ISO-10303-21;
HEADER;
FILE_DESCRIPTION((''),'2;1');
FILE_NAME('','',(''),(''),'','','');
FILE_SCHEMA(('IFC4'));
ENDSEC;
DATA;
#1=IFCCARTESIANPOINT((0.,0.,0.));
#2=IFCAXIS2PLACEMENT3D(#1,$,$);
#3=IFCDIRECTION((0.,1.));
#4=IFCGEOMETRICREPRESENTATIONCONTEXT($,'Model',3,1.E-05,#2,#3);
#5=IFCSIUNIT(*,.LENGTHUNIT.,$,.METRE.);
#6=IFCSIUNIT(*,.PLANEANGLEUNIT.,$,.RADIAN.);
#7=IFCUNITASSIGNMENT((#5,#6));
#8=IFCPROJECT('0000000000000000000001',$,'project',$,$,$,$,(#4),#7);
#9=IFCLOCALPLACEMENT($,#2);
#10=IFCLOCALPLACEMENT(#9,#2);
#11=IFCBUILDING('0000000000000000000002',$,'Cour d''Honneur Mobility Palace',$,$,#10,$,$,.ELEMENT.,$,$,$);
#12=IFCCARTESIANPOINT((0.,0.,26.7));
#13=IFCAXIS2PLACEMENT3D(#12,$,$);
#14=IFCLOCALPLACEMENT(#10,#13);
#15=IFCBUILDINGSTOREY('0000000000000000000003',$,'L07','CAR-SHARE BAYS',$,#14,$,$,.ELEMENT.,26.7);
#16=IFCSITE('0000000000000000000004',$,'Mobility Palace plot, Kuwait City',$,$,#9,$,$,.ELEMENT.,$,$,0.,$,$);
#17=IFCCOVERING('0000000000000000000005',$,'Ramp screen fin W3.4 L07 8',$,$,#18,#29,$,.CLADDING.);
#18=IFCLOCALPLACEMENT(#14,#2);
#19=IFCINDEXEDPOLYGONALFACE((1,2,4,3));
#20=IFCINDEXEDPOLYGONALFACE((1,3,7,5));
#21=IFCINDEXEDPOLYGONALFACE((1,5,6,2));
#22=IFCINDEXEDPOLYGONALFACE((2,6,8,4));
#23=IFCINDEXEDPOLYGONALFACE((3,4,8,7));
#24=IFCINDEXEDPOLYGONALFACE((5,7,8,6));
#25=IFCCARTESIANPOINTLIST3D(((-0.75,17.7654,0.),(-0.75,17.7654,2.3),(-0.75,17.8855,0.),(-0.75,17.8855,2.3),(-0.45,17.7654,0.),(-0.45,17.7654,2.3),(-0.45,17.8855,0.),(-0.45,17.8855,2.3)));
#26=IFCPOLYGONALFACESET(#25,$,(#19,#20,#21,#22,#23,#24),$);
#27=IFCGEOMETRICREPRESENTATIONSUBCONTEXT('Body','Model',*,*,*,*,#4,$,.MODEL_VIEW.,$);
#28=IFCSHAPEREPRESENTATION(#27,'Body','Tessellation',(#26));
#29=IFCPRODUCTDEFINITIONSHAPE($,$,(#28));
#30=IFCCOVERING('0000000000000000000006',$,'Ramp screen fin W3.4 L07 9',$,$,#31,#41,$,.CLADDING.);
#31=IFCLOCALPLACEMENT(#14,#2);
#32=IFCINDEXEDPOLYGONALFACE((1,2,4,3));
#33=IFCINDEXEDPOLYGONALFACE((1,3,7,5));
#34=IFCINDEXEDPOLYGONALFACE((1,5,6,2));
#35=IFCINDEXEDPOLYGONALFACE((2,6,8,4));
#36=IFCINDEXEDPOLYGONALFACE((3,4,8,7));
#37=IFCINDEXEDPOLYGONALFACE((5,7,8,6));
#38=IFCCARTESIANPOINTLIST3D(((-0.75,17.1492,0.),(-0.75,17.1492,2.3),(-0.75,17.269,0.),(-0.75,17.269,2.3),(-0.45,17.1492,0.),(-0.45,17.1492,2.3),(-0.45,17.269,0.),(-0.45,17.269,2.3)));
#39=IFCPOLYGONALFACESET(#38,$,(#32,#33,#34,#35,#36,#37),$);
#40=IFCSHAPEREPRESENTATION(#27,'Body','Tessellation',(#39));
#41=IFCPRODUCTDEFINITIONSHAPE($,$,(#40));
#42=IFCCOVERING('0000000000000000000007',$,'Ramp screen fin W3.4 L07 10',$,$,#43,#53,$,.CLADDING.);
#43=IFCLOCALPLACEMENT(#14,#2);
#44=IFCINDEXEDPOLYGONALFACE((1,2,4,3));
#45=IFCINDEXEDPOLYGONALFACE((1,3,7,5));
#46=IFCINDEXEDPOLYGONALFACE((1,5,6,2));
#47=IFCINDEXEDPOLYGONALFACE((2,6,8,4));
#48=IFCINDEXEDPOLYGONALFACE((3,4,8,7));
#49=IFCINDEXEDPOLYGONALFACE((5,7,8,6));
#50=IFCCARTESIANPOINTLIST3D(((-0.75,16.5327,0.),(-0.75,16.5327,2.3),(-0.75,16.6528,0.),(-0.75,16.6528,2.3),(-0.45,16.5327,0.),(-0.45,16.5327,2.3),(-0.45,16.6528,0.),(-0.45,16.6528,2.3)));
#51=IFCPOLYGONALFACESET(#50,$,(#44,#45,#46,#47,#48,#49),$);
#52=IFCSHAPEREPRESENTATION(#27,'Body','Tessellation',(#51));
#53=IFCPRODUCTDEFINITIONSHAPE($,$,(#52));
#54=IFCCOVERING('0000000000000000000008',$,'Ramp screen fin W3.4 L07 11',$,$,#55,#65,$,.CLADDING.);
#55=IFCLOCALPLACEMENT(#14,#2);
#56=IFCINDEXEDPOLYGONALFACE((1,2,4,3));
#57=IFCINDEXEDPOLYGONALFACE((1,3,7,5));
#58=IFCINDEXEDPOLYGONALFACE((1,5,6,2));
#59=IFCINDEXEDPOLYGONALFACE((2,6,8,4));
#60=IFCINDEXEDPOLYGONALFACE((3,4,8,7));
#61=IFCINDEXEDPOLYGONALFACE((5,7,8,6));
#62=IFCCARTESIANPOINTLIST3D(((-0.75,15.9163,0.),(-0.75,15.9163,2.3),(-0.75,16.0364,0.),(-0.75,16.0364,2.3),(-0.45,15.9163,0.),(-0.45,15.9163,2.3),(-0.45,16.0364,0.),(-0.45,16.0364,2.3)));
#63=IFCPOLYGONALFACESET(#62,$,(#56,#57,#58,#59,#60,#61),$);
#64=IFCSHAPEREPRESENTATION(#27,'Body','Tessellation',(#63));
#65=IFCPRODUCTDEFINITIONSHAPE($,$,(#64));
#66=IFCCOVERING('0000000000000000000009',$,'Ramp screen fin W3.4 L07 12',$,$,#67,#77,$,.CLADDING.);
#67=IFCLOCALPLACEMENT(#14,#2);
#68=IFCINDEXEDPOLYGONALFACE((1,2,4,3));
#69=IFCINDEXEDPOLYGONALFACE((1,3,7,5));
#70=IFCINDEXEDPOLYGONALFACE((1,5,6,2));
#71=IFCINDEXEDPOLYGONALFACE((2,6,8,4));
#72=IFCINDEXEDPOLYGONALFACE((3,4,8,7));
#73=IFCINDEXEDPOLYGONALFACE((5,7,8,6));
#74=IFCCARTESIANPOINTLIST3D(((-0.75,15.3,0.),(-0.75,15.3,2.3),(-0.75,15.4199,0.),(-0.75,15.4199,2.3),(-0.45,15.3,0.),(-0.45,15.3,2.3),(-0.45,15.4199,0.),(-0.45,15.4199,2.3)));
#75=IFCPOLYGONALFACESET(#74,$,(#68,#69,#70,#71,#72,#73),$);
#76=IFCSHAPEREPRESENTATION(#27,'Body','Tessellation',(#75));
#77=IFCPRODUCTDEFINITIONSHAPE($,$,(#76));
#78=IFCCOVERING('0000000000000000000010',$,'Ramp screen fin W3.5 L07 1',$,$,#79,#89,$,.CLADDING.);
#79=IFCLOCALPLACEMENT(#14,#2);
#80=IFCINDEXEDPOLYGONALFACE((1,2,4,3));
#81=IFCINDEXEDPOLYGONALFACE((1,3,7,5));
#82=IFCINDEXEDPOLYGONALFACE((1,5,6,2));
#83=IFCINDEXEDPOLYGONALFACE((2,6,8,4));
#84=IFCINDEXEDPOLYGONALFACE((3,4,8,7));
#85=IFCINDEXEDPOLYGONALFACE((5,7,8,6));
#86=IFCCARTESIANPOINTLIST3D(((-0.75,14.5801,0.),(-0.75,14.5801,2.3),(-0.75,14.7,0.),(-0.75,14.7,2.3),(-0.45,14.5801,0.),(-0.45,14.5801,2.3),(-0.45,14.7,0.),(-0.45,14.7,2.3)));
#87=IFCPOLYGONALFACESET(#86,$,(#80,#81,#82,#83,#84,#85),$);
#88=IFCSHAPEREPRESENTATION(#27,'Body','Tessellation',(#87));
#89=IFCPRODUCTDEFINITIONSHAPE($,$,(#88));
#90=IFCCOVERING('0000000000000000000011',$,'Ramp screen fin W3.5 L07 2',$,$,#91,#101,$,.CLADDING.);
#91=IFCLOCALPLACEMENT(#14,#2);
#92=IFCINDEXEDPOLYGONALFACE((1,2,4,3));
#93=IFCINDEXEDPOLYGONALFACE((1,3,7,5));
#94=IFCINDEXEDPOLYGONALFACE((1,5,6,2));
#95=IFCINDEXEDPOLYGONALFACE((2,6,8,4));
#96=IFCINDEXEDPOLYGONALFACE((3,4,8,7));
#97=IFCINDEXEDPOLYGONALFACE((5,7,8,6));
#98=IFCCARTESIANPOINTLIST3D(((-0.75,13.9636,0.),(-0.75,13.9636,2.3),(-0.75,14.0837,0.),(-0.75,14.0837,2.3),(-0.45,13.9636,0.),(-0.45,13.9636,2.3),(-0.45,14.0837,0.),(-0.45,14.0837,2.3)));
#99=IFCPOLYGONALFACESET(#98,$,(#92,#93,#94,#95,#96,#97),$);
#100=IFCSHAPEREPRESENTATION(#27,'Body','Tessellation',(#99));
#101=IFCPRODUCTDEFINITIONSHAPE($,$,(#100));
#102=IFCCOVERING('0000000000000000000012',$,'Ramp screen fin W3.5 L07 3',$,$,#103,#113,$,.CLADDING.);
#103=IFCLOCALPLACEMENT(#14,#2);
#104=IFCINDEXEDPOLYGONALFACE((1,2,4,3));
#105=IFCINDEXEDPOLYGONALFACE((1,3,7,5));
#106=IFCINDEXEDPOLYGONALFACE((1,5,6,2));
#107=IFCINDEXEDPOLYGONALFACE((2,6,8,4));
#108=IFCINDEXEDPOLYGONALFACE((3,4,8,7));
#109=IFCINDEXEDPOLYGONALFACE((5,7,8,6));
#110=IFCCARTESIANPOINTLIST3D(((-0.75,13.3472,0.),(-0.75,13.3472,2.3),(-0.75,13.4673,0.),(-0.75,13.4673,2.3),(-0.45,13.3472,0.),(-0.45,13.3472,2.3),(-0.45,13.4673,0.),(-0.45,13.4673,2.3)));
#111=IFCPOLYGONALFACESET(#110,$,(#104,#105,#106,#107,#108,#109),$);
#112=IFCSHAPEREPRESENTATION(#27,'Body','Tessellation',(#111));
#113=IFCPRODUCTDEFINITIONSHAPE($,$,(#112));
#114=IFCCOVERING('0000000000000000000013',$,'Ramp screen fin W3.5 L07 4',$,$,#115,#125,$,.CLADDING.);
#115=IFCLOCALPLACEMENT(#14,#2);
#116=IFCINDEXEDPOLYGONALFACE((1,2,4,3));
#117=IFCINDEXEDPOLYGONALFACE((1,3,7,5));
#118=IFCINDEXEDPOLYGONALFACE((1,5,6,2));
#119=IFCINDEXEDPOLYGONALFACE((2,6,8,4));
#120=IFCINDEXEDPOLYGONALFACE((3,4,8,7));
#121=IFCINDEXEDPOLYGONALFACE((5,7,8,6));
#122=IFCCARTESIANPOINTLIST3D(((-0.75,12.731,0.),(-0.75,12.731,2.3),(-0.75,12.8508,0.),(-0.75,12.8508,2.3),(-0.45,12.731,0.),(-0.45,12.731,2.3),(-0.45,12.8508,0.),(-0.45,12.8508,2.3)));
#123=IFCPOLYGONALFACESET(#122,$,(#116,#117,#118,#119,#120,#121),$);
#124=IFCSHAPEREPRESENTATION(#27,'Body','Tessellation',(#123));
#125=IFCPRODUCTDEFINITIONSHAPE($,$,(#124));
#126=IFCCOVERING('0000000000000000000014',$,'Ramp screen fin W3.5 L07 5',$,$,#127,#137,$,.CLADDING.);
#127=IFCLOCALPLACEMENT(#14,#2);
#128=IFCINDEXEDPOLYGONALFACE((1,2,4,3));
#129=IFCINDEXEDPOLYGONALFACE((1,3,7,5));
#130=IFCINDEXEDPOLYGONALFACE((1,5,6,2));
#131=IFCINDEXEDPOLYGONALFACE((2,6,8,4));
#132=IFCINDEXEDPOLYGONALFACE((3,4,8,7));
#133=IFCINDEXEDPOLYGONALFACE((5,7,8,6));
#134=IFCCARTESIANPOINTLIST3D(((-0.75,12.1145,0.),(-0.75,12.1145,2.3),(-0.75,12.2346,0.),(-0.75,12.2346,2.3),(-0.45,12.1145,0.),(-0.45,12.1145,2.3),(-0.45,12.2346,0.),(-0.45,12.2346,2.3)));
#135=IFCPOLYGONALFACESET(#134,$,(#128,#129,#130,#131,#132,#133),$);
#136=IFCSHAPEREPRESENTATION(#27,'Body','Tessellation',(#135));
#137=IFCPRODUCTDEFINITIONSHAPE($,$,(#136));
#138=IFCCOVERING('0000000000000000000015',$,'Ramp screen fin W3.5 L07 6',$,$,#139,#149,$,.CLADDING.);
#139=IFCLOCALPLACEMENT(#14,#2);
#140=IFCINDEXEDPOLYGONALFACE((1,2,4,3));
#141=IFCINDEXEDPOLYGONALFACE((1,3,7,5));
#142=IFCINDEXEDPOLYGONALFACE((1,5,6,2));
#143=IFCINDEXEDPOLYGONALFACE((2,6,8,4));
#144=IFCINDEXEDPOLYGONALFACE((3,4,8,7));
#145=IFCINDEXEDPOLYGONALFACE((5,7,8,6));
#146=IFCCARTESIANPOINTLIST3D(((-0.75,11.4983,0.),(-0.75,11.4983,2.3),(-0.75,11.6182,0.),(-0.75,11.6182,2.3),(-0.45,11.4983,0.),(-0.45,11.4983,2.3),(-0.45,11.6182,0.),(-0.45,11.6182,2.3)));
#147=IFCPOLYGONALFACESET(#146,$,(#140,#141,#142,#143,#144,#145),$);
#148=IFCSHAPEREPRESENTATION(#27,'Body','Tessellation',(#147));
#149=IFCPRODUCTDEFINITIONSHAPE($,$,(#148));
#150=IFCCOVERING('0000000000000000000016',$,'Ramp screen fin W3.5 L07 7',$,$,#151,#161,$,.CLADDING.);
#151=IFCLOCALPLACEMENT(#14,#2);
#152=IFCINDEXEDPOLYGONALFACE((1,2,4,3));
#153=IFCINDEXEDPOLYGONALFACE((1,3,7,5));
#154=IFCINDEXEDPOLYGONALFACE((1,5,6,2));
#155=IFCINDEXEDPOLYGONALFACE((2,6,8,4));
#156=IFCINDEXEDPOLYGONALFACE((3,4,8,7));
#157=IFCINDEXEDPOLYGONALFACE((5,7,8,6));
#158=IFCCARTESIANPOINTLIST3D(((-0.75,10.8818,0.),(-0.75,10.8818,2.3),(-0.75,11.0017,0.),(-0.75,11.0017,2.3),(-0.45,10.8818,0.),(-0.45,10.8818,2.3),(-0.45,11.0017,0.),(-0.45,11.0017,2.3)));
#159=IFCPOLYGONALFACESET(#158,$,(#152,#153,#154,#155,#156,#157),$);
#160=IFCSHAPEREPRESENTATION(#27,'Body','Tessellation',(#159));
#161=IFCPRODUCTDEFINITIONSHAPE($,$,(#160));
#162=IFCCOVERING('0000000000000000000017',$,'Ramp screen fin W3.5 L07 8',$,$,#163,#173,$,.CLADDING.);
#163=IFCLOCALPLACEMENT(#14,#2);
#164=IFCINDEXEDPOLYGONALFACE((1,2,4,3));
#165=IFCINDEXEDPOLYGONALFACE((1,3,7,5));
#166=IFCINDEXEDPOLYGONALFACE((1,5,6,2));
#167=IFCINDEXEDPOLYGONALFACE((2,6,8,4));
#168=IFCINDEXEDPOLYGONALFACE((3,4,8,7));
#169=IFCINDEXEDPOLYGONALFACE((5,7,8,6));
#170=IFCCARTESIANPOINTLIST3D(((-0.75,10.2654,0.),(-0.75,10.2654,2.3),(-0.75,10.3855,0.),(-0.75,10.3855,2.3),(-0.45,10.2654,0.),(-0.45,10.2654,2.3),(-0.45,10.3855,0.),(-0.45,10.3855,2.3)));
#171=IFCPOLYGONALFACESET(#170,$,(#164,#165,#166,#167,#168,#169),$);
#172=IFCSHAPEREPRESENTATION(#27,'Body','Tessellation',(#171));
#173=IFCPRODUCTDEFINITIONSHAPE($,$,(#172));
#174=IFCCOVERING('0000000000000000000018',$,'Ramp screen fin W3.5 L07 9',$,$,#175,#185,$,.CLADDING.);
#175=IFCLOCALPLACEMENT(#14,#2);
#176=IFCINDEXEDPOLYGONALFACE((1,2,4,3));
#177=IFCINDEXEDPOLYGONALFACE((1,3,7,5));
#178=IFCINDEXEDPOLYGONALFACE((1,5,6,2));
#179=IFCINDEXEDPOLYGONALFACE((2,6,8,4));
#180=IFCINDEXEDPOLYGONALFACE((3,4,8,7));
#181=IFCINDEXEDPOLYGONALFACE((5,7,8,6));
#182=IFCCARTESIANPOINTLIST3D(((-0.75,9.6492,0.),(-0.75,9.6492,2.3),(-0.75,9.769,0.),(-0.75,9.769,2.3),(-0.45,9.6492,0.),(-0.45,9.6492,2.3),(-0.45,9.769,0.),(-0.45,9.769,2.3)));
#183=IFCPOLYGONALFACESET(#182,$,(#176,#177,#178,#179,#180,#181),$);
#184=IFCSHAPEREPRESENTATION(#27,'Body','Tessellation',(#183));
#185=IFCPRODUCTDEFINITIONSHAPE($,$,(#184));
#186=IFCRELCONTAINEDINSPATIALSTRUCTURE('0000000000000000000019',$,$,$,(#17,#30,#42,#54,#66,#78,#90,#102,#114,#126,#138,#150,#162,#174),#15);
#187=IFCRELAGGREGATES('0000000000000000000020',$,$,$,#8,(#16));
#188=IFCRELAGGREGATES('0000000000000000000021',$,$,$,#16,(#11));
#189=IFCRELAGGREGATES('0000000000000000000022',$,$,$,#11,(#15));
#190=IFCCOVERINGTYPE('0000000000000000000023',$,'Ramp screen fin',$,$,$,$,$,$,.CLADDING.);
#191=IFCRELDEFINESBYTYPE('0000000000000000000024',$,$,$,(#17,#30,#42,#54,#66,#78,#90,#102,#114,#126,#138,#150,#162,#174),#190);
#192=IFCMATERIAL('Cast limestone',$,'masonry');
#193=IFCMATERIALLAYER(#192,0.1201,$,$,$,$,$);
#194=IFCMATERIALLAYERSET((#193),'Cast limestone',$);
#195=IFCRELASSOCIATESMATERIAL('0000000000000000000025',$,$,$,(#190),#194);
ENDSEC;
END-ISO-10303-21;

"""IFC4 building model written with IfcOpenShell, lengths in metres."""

from ifc_helpers import new_model, si_unit, direction, frame, origin, place, context, subcontext, project, spatial, polyline, outline, extrude, material, layer, layer_set, type_object, element, save


model = new_model("IFC4")

# Units and contexts
model_context = context("Model", 3, precision=1e-05, world=origin(), true_north=direction((0.0, 1.0)))
body_context = subcontext(model_context, "Body", "Model", "MODEL_VIEW")
ifc_project = project(units=[si_unit("LENGTHUNIT", "METRE"), si_unit("PLANEANGLEUNIT", "RADIAN")], contexts=[model_context])

# Site, building, storey
site_placement = place(None, origin())
site = spatial("IfcSite", under=ifc_project, at=site_placement, Name="Mobility Palace plot, Kuwait City", CompositionType="ELEMENT", RefElevation=0.0)
building_placement = place(site_placement, origin())
building = spatial("IfcBuilding", under=site, at=building_placement, Name="Cour d'Honneur Mobility Palace", CompositionType="ELEMENT")
storey_placement = place(building_placement, frame((0.0, 0.0, 26.7)))
storey = spatial("IfcBuildingStorey", under=building, at=storey_placement, Name="L07", Description="CAR-SHARE BAYS", CompositionType="ELEMENT", Elevation=26.7)

# Coverings
ifc_material = material(Name="Cast limestone", Category="masonry")
ifc_layer = layer(ifc_material, 0.1201)
ifc_layer_set = layer_set([ifc_layer], Name="Cast limestone")
covering_type = type_object("IfcCoveringType", Name="Ramp screen fin", PredefinedType="CLADDING", material=ifc_layer_set)
covering_1_placement = place(storey_placement, origin())
element("IfcCovering", 1, at=covering_1_placement, inside=storey, type_object=covering_type, Name="Ramp screen fin W3.4 L07 8", PredefinedType="CLADDING", context=body_context, shape_type="SweptSolid", body=[
    extrude(outline(polyline([(-0.45, 17.8855), (-0.45, 17.7654), (-0.75, 17.7654), (-0.75, 17.8855), (-0.45, 17.8855)])), origin(), (0.0, 0.0, 1.0), 2.3),
])
covering_2_placement = place(storey_placement, origin())
element("IfcCovering", 2, at=covering_2_placement, inside=storey, type_object=covering_type, Name="Ramp screen fin W3.4 L07 9", PredefinedType="CLADDING", context=body_context, shape_type="SweptSolid", body=[
    extrude(outline(polyline([(-0.45, 17.269), (-0.45, 17.1492), (-0.75, 17.1492), (-0.75, 17.269), (-0.45, 17.269)])), origin(), (0.0, 0.0, 1.0), 2.3),
])
covering_3_placement = place(storey_placement, origin())
element("IfcCovering", 3, at=covering_3_placement, inside=storey, type_object=covering_type, Name="Ramp screen fin W3.4 L07 10", PredefinedType="CLADDING", context=body_context, shape_type="SweptSolid", body=[
    extrude(outline(polyline([(-0.45, 16.6528), (-0.45, 16.5327), (-0.75, 16.5327), (-0.75, 16.6528), (-0.45, 16.6528)])), origin(), (0.0, 0.0, 1.0), 2.3),
])
covering_4_placement = place(storey_placement, origin())
element("IfcCovering", 4, at=covering_4_placement, inside=storey, type_object=covering_type, Name="Ramp screen fin W3.4 L07 11", PredefinedType="CLADDING", context=body_context, shape_type="SweptSolid", body=[
    extrude(outline(polyline([(-0.45, 16.0364), (-0.45, 15.9163), (-0.75, 15.9163), (-0.75, 16.0364), (-0.45, 16.0364)])), origin(), (0.0, 0.0, 1.0), 2.3),
])
covering_5_placement = place(storey_placement, origin())
element("IfcCovering", 5, at=covering_5_placement, inside=storey, type_object=covering_type, Name="Ramp screen fin W3.4 L07 12", PredefinedType="CLADDING", context=body_context, shape_type="SweptSolid", body=[
    extrude(outline(polyline([(-0.45, 15.4199), (-0.45, 15.3), (-0.75, 15.3), (-0.75, 15.4199), (-0.45, 15.4199)])), origin(), (0.0, 0.0, 1.0), 2.3),
])
covering_6_placement = place(storey_placement, origin())
element("IfcCovering", 6, at=covering_6_placement, inside=storey, type_object=covering_type, Name="Ramp screen fin W3.5 L07 1", PredefinedType="CLADDING", context=body_context, shape_type="SweptSolid", body=[
    extrude(outline(polyline([(-0.45, 14.7), (-0.45, 14.5801), (-0.75, 14.5801), (-0.75, 14.7), (-0.45, 14.7)])), origin(), (0.0, 0.0, 1.0), 2.3),
])
covering_7_placement = place(storey_placement, origin())
element("IfcCovering", 7, at=covering_7_placement, inside=storey, type_object=covering_type, Name="Ramp screen fin W3.5 L07 2", PredefinedType="CLADDING", context=body_context, shape_type="SweptSolid", body=[
    extrude(outline(polyline([(-0.45, 14.0837), (-0.45, 13.9636), (-0.75, 13.9636), (-0.75, 14.0837), (-0.45, 14.0837)])), origin(), (0.0, 0.0, 1.0), 2.3),
])
covering_8_placement = place(storey_placement, origin())
element("IfcCovering", 8, at=covering_8_placement, inside=storey, type_object=covering_type, Name="Ramp screen fin W3.5 L07 3", PredefinedType="CLADDING", context=body_context, shape_type="SweptSolid", body=[
    extrude(outline(polyline([(-0.45, 13.4673), (-0.45, 13.3472), (-0.75, 13.3472), (-0.75, 13.4673), (-0.45, 13.4673)])), origin(), (0.0, 0.0, 1.0), 2.3),
])
covering_9_placement = place(storey_placement, origin())
element("IfcCovering", 9, at=covering_9_placement, inside=storey, type_object=covering_type, Name="Ramp screen fin W3.5 L07 4", PredefinedType="CLADDING", context=body_context, shape_type="SweptSolid", body=[
    extrude(outline(polyline([(-0.45, 12.8508), (-0.45, 12.731), (-0.75, 12.731), (-0.75, 12.8508), (-0.45, 12.8508)])), origin(), (0.0, 0.0, 1.0), 2.3),
])
covering_10_placement = place(storey_placement, origin())
element("IfcCovering", 10, at=covering_10_placement, inside=storey, type_object=covering_type, Name="Ramp screen fin W3.5 L07 5", PredefinedType="CLADDING", context=body_context, shape_type="SweptSolid", body=[
    extrude(outline(polyline([(-0.45, 12.2346), (-0.45, 12.1145), (-0.75, 12.1145), (-0.75, 12.2346), (-0.45, 12.2346)])), origin(), (0.0, 0.0, 1.0), 2.3),
])
covering_11_placement = place(storey_placement, origin())
element("IfcCovering", 11, at=covering_11_placement, inside=storey, type_object=covering_type, Name="Ramp screen fin W3.5 L07 6", PredefinedType="CLADDING", context=body_context, shape_type="SweptSolid", body=[
    extrude(outline(polyline([(-0.45, 11.6182), (-0.45, 11.4983), (-0.75, 11.4983), (-0.75, 11.6182), (-0.45, 11.6182)])), origin(), (0.0, 0.0, 1.0), 2.3),
])
covering_12_placement = place(storey_placement, origin())
element("IfcCovering", 12, at=covering_12_placement, inside=storey, type_object=covering_type, Name="Ramp screen fin W3.5 L07 7", PredefinedType="CLADDING", context=body_context, shape_type="SweptSolid", body=[
    extrude(outline(polyline([(-0.45, 11.0017), (-0.45, 10.8818), (-0.75, 10.8818), (-0.75, 11.0017), (-0.45, 11.0017)])), origin(), (0.0, 0.0, 1.0), 2.3),
])
covering_13_placement = place(storey_placement, origin())
element("IfcCovering", 13, at=covering_13_placement, inside=storey, type_object=covering_type, Name="Ramp screen fin W3.5 L07 8", PredefinedType="CLADDING", context=body_context, shape_type="SweptSolid", body=[
    extrude(outline(polyline([(-0.45, 10.3855), (-0.45, 10.2654), (-0.75, 10.2654), (-0.75, 10.3855), (-0.45, 10.3855)])), origin(), (0.0, 0.0, 1.0), 2.3),
])
covering_14_placement = place(storey_placement, origin())
element("IfcCovering", 14, at=covering_14_placement, inside=storey, type_object=covering_type, Name="Ramp screen fin W3.5 L07 9", PredefinedType="CLADDING", context=body_context, shape_type="SweptSolid", body=[
    extrude(outline(polyline([(-0.45, 9.769), (-0.45, 9.6492), (-0.75, 9.6492), (-0.75, 9.769), (-0.45, 9.769)])), origin(), (0.0, 0.0, 1.0), 2.3),
])

save(model, "model.ifc")
